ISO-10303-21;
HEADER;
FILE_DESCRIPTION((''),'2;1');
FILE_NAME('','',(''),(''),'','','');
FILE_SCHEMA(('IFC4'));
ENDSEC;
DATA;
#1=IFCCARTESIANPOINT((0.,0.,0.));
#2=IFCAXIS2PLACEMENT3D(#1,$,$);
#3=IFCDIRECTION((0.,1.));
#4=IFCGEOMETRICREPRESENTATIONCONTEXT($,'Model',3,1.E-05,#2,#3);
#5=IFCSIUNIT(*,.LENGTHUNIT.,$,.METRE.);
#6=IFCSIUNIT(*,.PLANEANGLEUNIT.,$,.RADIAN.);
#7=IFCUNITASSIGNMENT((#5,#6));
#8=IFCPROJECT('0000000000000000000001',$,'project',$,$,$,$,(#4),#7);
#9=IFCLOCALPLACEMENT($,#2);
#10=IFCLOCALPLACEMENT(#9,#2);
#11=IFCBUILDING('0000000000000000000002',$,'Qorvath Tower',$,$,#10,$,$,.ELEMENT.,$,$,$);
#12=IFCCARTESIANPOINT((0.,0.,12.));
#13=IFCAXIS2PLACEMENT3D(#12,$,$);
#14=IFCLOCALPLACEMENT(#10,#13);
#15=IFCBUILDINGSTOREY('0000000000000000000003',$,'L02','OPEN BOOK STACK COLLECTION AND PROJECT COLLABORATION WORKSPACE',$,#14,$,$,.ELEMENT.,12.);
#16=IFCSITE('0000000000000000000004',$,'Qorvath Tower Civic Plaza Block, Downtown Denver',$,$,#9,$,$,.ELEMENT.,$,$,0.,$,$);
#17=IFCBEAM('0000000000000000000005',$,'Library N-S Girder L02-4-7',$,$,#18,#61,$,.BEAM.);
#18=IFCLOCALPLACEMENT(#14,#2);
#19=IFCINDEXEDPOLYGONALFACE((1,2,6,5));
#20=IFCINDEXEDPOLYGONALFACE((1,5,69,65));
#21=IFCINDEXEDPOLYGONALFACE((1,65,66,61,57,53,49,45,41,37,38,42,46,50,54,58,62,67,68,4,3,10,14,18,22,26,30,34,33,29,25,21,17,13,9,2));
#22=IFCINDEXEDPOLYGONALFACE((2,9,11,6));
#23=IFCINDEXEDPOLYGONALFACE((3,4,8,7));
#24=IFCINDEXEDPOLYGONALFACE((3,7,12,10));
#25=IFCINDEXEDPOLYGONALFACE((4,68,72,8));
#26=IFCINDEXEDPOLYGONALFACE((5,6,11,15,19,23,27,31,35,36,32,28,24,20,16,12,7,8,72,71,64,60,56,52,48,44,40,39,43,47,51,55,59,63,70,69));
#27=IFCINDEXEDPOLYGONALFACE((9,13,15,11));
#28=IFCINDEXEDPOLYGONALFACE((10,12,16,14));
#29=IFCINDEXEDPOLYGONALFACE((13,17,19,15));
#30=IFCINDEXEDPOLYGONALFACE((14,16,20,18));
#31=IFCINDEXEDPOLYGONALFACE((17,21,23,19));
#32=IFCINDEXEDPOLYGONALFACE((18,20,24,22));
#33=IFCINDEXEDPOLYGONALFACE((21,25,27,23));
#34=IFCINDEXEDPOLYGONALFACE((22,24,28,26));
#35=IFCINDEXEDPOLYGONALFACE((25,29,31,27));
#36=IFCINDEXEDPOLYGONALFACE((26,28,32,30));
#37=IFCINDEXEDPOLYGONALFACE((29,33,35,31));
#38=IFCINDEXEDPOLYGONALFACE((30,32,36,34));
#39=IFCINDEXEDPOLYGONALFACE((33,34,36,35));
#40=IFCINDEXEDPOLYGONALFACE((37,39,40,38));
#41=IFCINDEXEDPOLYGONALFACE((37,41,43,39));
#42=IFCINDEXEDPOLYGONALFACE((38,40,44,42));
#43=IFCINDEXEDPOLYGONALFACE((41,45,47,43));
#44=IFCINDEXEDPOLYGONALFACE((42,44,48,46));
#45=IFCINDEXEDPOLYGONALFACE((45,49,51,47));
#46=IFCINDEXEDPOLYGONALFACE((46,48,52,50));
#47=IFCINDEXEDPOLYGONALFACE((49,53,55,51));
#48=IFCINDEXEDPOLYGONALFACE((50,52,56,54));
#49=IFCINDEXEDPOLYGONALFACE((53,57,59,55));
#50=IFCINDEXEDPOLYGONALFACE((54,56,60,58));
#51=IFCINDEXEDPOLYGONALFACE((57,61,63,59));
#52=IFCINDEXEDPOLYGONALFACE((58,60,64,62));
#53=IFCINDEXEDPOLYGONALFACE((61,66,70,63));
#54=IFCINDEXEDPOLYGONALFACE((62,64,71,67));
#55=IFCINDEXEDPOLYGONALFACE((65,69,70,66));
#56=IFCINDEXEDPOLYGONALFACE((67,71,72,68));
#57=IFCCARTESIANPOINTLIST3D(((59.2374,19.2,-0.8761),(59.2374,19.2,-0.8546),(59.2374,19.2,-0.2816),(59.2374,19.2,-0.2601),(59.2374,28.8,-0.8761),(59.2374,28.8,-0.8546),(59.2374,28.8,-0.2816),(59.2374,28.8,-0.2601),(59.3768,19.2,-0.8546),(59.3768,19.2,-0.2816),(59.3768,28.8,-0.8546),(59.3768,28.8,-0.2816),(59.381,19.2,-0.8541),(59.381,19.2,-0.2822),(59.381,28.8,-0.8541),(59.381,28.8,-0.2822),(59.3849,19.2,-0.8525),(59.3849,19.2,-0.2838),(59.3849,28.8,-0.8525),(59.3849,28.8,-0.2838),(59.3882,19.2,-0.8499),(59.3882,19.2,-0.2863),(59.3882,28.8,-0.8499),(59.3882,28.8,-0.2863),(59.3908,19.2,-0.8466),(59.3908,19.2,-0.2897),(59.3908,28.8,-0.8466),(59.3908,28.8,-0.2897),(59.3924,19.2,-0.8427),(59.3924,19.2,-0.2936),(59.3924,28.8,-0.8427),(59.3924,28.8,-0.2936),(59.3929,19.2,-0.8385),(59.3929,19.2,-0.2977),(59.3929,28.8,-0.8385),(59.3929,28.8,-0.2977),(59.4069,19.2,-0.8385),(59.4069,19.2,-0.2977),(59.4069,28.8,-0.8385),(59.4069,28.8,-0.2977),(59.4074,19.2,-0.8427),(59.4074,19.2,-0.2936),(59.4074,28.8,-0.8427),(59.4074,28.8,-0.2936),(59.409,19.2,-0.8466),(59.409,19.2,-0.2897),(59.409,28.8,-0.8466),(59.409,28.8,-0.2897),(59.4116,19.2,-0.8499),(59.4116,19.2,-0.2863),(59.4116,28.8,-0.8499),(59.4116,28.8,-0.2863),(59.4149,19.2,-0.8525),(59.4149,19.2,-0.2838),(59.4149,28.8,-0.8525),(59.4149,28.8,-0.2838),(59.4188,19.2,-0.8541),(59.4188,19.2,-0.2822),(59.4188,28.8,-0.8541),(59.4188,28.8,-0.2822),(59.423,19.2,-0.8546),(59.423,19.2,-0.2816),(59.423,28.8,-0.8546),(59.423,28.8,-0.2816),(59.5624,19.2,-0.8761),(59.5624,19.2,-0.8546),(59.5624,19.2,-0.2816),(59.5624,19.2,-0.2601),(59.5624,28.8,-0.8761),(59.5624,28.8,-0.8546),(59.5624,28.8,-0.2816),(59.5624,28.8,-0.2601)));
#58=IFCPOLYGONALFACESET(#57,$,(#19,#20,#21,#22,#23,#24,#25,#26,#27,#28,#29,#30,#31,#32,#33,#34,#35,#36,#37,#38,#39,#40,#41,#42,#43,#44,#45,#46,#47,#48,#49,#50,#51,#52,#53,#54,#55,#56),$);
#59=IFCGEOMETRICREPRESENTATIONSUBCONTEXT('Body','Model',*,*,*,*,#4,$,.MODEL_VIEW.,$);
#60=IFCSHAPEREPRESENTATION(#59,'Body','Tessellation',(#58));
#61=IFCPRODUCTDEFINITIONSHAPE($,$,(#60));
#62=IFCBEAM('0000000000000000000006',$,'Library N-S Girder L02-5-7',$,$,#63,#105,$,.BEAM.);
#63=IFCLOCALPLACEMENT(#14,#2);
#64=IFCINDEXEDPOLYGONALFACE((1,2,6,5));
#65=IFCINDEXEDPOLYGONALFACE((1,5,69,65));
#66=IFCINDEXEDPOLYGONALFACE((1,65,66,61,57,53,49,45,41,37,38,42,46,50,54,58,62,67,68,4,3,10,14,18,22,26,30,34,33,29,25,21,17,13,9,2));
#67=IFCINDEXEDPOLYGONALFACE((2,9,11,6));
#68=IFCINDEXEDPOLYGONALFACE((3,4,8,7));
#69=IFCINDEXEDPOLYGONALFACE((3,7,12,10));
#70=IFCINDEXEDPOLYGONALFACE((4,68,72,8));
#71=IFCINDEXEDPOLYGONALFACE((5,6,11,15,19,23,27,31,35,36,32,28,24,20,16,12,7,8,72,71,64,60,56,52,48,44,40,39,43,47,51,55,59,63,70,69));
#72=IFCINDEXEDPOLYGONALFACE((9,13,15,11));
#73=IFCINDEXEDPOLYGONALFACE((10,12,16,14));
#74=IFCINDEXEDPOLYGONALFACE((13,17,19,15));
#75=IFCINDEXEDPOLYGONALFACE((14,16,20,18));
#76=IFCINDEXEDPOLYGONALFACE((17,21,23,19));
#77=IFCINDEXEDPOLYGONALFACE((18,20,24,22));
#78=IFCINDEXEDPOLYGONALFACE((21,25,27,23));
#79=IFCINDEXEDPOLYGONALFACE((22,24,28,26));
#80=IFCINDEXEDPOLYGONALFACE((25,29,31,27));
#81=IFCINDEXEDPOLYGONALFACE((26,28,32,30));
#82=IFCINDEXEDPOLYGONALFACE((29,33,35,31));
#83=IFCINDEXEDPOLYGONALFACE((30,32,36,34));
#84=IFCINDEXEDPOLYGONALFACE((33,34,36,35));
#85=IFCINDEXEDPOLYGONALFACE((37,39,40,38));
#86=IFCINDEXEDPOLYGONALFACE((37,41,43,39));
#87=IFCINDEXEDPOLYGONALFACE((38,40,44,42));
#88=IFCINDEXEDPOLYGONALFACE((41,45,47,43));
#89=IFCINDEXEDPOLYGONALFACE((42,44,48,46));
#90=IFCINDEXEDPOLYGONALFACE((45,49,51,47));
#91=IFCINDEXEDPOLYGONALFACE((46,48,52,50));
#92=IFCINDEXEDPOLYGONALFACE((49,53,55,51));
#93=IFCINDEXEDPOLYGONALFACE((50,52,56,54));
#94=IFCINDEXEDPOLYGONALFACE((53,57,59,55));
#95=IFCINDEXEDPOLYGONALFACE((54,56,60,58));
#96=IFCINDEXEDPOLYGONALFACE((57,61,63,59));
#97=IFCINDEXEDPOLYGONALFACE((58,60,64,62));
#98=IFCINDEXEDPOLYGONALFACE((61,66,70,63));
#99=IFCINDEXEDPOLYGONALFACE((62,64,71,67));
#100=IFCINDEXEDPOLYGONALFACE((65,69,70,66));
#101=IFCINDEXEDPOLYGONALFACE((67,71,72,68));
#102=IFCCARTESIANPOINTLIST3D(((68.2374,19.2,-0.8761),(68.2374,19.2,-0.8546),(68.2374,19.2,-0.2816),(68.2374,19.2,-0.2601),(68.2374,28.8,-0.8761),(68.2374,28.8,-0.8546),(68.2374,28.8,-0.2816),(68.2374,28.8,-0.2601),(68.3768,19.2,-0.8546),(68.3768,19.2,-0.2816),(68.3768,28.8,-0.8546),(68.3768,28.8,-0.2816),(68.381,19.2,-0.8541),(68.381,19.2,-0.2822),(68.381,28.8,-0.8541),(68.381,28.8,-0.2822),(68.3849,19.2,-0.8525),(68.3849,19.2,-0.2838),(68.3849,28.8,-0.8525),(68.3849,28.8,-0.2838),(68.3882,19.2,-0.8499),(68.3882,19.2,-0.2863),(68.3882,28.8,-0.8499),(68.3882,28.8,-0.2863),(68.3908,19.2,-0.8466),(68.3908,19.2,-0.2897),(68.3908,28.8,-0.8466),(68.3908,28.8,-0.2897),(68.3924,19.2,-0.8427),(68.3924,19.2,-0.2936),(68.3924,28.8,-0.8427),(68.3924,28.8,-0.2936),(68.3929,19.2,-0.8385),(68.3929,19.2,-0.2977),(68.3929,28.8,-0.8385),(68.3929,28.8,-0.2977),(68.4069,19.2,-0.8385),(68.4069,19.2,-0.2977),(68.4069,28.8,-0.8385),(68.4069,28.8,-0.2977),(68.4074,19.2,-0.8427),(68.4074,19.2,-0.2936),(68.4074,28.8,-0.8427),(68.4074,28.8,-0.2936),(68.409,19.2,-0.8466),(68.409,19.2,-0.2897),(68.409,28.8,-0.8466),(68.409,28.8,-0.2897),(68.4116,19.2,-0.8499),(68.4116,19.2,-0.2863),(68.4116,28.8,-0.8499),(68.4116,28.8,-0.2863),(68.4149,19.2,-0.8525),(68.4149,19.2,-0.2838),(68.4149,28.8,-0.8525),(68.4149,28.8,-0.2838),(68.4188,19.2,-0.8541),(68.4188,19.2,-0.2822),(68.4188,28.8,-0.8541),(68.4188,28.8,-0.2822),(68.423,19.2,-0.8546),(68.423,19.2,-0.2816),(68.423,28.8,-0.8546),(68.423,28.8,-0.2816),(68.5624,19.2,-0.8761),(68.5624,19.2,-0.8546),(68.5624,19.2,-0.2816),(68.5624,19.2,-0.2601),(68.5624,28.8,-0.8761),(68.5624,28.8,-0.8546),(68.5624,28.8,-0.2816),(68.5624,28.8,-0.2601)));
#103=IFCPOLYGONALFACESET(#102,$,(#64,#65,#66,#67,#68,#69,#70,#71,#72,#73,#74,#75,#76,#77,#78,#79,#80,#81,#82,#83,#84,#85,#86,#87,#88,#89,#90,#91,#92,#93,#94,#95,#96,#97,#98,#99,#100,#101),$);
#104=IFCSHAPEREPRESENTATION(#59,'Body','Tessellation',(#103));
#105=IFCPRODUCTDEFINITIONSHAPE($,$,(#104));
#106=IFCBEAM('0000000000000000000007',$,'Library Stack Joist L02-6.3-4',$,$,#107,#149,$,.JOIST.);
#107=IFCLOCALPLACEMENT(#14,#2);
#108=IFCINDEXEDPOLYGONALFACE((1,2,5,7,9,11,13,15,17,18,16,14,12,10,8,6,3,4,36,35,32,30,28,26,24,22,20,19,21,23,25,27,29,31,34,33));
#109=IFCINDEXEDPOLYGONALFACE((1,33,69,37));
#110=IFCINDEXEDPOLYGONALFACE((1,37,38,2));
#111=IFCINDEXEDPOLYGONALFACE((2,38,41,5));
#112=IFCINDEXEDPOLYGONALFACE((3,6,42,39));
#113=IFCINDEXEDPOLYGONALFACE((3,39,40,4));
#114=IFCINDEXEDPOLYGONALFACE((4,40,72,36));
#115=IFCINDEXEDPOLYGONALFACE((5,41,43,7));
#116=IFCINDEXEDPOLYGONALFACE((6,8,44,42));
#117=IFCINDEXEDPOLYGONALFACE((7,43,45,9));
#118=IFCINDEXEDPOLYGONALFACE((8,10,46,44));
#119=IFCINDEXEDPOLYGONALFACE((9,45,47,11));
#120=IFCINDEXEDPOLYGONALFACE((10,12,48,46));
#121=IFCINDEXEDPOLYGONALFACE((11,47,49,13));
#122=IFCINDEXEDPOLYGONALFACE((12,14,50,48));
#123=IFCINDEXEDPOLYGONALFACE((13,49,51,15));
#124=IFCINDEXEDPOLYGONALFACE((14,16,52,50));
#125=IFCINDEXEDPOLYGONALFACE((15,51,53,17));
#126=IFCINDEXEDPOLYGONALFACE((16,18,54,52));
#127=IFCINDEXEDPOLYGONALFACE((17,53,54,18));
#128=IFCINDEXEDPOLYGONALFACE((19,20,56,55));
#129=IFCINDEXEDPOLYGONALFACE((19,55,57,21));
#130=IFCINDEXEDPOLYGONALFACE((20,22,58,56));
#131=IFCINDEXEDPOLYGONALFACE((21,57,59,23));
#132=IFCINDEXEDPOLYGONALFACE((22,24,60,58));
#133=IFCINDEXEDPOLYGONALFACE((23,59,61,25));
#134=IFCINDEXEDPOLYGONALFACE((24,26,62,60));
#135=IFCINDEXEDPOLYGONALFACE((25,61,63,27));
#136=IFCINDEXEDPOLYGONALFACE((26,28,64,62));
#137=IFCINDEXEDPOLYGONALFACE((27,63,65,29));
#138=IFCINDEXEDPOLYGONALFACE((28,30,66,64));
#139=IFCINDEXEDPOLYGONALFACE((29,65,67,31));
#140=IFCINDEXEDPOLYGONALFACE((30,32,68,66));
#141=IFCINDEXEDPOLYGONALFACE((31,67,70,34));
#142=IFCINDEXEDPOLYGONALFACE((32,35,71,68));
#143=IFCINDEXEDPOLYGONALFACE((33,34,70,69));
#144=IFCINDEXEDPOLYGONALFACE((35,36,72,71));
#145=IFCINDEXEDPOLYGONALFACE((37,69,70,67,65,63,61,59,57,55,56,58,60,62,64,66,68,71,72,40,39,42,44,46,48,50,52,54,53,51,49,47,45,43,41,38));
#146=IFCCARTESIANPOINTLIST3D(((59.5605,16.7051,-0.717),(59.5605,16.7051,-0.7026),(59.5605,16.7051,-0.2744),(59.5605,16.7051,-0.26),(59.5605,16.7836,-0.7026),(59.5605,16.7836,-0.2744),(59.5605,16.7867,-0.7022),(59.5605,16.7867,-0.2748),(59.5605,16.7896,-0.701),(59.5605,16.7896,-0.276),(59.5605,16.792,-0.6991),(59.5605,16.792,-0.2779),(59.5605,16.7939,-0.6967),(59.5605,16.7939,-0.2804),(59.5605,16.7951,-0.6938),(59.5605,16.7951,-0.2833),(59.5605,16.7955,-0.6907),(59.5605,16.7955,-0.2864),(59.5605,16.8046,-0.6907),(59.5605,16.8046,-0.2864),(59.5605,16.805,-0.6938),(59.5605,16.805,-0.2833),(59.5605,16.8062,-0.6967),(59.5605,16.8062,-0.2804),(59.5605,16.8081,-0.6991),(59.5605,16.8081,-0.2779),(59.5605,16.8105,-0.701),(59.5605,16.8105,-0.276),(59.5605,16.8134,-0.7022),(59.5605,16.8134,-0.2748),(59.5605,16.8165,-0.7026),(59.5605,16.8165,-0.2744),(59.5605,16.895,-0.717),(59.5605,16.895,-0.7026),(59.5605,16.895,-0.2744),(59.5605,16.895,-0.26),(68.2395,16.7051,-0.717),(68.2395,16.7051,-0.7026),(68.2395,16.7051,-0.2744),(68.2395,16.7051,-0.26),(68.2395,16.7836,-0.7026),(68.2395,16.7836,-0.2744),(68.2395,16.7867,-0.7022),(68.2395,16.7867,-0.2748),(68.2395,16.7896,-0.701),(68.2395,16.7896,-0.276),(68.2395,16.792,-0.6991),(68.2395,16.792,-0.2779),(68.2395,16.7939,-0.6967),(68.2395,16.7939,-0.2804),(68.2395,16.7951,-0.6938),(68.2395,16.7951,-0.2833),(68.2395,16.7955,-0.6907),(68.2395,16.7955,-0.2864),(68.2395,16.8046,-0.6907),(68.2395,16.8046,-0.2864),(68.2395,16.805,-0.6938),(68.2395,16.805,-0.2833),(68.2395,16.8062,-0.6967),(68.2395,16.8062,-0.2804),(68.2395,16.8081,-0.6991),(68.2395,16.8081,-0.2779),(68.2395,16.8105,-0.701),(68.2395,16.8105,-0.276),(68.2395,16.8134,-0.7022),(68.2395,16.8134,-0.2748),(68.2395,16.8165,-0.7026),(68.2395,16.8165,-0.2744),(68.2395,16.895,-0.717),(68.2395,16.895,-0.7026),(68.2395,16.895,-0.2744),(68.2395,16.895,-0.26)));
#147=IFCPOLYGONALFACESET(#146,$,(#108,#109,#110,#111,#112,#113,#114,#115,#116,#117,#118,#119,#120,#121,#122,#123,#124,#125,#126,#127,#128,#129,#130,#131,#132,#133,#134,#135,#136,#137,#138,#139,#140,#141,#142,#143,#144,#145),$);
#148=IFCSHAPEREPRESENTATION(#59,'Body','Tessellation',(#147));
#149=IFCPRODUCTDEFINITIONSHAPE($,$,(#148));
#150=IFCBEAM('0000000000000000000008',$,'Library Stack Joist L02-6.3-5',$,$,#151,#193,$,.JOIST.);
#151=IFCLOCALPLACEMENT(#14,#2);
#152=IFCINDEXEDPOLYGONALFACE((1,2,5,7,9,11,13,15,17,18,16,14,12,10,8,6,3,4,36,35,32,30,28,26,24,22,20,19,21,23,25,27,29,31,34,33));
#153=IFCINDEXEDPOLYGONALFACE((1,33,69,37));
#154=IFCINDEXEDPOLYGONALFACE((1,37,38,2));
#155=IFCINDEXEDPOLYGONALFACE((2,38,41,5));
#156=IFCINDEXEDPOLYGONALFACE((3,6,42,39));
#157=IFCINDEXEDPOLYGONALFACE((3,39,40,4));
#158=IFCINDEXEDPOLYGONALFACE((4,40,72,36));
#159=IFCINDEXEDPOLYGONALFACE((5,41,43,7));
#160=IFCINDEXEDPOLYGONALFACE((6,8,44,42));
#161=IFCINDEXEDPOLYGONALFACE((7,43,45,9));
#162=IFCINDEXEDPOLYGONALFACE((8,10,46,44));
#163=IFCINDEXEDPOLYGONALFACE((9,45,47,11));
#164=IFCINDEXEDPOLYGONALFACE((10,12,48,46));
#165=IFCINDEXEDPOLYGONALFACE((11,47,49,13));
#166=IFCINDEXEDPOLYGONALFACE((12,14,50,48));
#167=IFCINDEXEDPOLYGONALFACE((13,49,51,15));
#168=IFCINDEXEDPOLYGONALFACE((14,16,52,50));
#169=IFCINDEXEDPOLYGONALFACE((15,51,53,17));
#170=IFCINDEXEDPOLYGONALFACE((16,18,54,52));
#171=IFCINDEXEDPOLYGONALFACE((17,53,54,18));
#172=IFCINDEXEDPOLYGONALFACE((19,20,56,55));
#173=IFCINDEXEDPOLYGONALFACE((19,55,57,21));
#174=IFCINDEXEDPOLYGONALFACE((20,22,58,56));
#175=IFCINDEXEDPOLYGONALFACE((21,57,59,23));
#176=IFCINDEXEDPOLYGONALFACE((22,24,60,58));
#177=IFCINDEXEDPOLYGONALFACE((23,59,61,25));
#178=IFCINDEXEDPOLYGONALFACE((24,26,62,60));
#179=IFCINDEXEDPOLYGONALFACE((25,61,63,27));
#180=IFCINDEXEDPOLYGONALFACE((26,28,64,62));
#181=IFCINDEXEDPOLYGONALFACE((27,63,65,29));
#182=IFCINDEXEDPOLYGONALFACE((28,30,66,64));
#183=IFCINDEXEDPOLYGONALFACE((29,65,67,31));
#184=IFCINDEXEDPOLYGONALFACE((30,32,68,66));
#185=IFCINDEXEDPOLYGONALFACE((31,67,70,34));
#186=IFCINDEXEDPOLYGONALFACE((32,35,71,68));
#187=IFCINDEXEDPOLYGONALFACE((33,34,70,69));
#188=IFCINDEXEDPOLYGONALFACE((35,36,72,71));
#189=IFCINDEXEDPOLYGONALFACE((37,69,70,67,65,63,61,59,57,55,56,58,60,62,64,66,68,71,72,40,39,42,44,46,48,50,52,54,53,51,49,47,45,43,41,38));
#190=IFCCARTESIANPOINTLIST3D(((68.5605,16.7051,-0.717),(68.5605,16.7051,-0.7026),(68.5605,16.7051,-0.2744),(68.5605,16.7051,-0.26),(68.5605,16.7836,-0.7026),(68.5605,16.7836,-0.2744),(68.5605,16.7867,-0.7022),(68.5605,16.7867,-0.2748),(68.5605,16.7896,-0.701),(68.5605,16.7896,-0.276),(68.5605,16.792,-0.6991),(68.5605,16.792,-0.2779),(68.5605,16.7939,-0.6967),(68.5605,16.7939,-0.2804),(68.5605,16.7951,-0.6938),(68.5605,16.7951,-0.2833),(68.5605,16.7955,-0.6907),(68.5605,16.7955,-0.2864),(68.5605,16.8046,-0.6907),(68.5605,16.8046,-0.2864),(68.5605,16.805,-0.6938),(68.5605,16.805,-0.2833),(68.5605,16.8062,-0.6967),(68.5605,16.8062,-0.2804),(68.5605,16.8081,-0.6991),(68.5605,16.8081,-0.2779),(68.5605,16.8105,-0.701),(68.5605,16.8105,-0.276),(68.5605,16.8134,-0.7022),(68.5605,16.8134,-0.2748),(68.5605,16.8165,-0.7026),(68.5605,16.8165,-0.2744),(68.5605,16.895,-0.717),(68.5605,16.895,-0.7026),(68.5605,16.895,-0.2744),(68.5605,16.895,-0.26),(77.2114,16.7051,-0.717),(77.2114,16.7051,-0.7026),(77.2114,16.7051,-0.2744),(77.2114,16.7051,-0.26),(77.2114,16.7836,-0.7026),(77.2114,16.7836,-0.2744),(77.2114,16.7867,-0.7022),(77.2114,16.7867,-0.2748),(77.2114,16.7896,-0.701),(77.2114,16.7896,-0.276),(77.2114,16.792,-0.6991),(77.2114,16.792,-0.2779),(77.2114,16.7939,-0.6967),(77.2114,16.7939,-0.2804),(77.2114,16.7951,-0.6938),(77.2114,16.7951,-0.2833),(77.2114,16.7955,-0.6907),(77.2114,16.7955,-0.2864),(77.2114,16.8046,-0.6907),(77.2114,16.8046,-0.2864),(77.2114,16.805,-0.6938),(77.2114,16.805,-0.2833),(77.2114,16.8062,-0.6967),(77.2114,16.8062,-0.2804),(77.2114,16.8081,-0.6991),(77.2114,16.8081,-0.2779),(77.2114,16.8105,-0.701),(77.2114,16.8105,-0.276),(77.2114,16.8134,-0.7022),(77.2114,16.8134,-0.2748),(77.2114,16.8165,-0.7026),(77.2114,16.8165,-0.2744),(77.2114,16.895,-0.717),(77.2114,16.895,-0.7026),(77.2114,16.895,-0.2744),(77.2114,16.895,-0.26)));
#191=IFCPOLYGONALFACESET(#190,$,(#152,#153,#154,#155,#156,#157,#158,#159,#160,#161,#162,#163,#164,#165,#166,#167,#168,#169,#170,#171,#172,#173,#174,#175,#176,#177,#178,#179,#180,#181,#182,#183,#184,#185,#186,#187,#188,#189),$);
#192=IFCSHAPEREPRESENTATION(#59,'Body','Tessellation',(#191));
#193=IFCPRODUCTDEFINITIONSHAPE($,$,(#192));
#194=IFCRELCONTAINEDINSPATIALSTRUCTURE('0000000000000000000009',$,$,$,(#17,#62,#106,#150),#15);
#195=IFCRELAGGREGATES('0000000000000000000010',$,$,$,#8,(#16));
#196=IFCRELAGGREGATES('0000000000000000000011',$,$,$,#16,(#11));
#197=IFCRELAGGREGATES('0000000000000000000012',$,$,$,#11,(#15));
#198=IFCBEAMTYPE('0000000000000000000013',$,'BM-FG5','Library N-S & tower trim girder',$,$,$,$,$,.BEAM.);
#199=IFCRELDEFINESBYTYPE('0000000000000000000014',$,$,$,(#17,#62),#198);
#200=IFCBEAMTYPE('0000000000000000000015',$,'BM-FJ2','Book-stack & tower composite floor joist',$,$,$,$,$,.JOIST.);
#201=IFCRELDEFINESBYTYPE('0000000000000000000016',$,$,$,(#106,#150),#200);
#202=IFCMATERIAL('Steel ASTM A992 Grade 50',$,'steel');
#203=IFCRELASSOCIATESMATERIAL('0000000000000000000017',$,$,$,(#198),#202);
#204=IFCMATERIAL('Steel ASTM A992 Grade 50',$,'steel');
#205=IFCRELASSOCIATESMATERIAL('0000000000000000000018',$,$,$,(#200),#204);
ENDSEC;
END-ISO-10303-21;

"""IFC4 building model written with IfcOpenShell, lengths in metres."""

from ifc_helpers import new_model, si_unit, direction, frame, origin, origin_2d, place, context, subcontext, project, spatial, i_section, extrude, material, material_profile, profile_set, type_object, element, save


model = new_model("IFC4")

# Units and contexts
model_context = context("Model", 3, precision=1e-05, world=origin(), true_north=direction((0.0, 1.0)))
body_context = subcontext(model_context, "Body", "Model", "MODEL_VIEW")
ifc_project = project(units=[si_unit("LENGTHUNIT", "METRE"), si_unit("PLANEANGLEUNIT", "RADIAN")], contexts=[model_context])

# Site, building, storey
site_placement = place(None, origin())
site = spatial("IfcSite", under=ifc_project, at=site_placement, Name="Qorvath Tower Civic Plaza Block, Downtown Denver", CompositionType="ELEMENT", RefElevation=0.0)
building_placement = place(site_placement, origin())
building = spatial("IfcBuilding", under=site, at=building_placement, Name="Qorvath Tower", CompositionType="ELEMENT")
storey_placement = place(building_placement, frame((0.0, 0.0, 12.0)))
storey = spatial("IfcBuildingStorey", under=building, at=storey_placement, Name="L02", Description="OPEN BOOK STACK COLLECTION AND PROJECT COLLABORATION WORKSPACE", CompositionType="ELEMENT", Elevation=12.0)

# Beams
ifc_material_1 = material(Name="Steel ASTM A992 Grade 50", Category="steel")
ifc_material_profile_1 = material_profile(ifc_material_1, i_section(OverallWidth=0.325, OverallDepth=0.616, WebThickness=0.0139, FlangeThickness=0.0215, FilletRadius=0.0161, at=origin_2d()), Name="W24x117")
ifc_profile_set_1 = profile_set([ifc_material_profile_1], Name="Steel ASTM A992 Grade 50")
beam_type_1 = type_object("IfcBeamType", Name="BM-FG5", Description="Library N-S & tower trim girder", PredefinedType="BEAM", material=ifc_profile_set_1)
for number, where, z_axis, x_axis, name in (
    (1, (59.3999, 19.2, -0.5681), (0.0, 1.0, 0.0), (-1.0, 0.0, 0.0), "Library N-S Girder L02-4-7"),
    (2, (68.3999, 19.2, -0.5681), (0.0, 1.0, 0.0), (-1.0, 0.0, 0.0), "Library N-S Girder L02-5-7"),
):
    element("IfcBeam", number, at=place(storey_placement, frame(where, z_axis=z_axis, x_axis=x_axis)), inside=storey, type_object=beam_type_1, Name=name, PredefinedType="BEAM", context=body_context, shape_type="SweptSolid", body=[
        extrude(i_section(OverallWidth=0.325, OverallDepth=0.616, WebThickness=0.0139, FlangeThickness=0.0215, FilletRadius=0.0161, at=origin_2d()), origin(), (0.0, 0.0, 1.0), 9.6001),
    ])
ifc_material_2 = material(Name="Steel ASTM A992 Grade 50", Category="steel")
ifc_material_profile_2 = material_profile(ifc_material_2, i_section(OverallWidth=0.1899, OverallDepth=0.457, WebThickness=0.009, FlangeThickness=0.0144, FilletRadius=0.012, at=origin_2d()), Name="W18x50")
ifc_profile_set_2 = profile_set([ifc_material_profile_2], Name="Steel ASTM A992 Grade 50")
beam_type_2 = type_object("IfcBeamType", Name="BM-FJ2", Description="Book-stack & tower composite floor joist", PredefinedType="JOIST", material=ifc_profile_set_2)
beam_1_placement = place(storey_placement, frame((59.5605, 16.8, -0.4885), z_axis=(1.0, 0.0, 0.0), x_axis=(0.0, 1.0, 0.0)))
element("IfcBeam", 3, at=beam_1_placement, inside=storey, type_object=beam_type_2, Name="Library Stack Joist L02-6.3-4", PredefinedType="JOIST", context=body_context, shape_type="SweptSolid", body=[
    extrude(i_section(OverallWidth=0.1899, OverallDepth=0.457, WebThickness=0.009, FlangeThickness=0.0144, FilletRadius=0.012, at=origin_2d()), origin(), (0.0, 0.0, 1.0), 8.679),
])
beam_2_placement = place(storey_placement, frame((68.5605, 16.8, -0.4885), z_axis=(1.0, 0.0, 0.0), x_axis=(0.0, 1.0, 0.0)))
element("IfcBeam", 4, at=beam_2_placement, inside=storey, type_object=beam_type_2, Name="Library Stack Joist L02-6.3-5", PredefinedType="JOIST", context=body_context, shape_type="SweptSolid", body=[
    extrude(i_section(OverallWidth=0.1899, OverallDepth=0.457, WebThickness=0.009, FlangeThickness=0.0144, FilletRadius=0.012, at=origin_2d()), origin(), (0.0, 0.0, 1.0), 8.6509),
])

save(model, "model.ifc")
